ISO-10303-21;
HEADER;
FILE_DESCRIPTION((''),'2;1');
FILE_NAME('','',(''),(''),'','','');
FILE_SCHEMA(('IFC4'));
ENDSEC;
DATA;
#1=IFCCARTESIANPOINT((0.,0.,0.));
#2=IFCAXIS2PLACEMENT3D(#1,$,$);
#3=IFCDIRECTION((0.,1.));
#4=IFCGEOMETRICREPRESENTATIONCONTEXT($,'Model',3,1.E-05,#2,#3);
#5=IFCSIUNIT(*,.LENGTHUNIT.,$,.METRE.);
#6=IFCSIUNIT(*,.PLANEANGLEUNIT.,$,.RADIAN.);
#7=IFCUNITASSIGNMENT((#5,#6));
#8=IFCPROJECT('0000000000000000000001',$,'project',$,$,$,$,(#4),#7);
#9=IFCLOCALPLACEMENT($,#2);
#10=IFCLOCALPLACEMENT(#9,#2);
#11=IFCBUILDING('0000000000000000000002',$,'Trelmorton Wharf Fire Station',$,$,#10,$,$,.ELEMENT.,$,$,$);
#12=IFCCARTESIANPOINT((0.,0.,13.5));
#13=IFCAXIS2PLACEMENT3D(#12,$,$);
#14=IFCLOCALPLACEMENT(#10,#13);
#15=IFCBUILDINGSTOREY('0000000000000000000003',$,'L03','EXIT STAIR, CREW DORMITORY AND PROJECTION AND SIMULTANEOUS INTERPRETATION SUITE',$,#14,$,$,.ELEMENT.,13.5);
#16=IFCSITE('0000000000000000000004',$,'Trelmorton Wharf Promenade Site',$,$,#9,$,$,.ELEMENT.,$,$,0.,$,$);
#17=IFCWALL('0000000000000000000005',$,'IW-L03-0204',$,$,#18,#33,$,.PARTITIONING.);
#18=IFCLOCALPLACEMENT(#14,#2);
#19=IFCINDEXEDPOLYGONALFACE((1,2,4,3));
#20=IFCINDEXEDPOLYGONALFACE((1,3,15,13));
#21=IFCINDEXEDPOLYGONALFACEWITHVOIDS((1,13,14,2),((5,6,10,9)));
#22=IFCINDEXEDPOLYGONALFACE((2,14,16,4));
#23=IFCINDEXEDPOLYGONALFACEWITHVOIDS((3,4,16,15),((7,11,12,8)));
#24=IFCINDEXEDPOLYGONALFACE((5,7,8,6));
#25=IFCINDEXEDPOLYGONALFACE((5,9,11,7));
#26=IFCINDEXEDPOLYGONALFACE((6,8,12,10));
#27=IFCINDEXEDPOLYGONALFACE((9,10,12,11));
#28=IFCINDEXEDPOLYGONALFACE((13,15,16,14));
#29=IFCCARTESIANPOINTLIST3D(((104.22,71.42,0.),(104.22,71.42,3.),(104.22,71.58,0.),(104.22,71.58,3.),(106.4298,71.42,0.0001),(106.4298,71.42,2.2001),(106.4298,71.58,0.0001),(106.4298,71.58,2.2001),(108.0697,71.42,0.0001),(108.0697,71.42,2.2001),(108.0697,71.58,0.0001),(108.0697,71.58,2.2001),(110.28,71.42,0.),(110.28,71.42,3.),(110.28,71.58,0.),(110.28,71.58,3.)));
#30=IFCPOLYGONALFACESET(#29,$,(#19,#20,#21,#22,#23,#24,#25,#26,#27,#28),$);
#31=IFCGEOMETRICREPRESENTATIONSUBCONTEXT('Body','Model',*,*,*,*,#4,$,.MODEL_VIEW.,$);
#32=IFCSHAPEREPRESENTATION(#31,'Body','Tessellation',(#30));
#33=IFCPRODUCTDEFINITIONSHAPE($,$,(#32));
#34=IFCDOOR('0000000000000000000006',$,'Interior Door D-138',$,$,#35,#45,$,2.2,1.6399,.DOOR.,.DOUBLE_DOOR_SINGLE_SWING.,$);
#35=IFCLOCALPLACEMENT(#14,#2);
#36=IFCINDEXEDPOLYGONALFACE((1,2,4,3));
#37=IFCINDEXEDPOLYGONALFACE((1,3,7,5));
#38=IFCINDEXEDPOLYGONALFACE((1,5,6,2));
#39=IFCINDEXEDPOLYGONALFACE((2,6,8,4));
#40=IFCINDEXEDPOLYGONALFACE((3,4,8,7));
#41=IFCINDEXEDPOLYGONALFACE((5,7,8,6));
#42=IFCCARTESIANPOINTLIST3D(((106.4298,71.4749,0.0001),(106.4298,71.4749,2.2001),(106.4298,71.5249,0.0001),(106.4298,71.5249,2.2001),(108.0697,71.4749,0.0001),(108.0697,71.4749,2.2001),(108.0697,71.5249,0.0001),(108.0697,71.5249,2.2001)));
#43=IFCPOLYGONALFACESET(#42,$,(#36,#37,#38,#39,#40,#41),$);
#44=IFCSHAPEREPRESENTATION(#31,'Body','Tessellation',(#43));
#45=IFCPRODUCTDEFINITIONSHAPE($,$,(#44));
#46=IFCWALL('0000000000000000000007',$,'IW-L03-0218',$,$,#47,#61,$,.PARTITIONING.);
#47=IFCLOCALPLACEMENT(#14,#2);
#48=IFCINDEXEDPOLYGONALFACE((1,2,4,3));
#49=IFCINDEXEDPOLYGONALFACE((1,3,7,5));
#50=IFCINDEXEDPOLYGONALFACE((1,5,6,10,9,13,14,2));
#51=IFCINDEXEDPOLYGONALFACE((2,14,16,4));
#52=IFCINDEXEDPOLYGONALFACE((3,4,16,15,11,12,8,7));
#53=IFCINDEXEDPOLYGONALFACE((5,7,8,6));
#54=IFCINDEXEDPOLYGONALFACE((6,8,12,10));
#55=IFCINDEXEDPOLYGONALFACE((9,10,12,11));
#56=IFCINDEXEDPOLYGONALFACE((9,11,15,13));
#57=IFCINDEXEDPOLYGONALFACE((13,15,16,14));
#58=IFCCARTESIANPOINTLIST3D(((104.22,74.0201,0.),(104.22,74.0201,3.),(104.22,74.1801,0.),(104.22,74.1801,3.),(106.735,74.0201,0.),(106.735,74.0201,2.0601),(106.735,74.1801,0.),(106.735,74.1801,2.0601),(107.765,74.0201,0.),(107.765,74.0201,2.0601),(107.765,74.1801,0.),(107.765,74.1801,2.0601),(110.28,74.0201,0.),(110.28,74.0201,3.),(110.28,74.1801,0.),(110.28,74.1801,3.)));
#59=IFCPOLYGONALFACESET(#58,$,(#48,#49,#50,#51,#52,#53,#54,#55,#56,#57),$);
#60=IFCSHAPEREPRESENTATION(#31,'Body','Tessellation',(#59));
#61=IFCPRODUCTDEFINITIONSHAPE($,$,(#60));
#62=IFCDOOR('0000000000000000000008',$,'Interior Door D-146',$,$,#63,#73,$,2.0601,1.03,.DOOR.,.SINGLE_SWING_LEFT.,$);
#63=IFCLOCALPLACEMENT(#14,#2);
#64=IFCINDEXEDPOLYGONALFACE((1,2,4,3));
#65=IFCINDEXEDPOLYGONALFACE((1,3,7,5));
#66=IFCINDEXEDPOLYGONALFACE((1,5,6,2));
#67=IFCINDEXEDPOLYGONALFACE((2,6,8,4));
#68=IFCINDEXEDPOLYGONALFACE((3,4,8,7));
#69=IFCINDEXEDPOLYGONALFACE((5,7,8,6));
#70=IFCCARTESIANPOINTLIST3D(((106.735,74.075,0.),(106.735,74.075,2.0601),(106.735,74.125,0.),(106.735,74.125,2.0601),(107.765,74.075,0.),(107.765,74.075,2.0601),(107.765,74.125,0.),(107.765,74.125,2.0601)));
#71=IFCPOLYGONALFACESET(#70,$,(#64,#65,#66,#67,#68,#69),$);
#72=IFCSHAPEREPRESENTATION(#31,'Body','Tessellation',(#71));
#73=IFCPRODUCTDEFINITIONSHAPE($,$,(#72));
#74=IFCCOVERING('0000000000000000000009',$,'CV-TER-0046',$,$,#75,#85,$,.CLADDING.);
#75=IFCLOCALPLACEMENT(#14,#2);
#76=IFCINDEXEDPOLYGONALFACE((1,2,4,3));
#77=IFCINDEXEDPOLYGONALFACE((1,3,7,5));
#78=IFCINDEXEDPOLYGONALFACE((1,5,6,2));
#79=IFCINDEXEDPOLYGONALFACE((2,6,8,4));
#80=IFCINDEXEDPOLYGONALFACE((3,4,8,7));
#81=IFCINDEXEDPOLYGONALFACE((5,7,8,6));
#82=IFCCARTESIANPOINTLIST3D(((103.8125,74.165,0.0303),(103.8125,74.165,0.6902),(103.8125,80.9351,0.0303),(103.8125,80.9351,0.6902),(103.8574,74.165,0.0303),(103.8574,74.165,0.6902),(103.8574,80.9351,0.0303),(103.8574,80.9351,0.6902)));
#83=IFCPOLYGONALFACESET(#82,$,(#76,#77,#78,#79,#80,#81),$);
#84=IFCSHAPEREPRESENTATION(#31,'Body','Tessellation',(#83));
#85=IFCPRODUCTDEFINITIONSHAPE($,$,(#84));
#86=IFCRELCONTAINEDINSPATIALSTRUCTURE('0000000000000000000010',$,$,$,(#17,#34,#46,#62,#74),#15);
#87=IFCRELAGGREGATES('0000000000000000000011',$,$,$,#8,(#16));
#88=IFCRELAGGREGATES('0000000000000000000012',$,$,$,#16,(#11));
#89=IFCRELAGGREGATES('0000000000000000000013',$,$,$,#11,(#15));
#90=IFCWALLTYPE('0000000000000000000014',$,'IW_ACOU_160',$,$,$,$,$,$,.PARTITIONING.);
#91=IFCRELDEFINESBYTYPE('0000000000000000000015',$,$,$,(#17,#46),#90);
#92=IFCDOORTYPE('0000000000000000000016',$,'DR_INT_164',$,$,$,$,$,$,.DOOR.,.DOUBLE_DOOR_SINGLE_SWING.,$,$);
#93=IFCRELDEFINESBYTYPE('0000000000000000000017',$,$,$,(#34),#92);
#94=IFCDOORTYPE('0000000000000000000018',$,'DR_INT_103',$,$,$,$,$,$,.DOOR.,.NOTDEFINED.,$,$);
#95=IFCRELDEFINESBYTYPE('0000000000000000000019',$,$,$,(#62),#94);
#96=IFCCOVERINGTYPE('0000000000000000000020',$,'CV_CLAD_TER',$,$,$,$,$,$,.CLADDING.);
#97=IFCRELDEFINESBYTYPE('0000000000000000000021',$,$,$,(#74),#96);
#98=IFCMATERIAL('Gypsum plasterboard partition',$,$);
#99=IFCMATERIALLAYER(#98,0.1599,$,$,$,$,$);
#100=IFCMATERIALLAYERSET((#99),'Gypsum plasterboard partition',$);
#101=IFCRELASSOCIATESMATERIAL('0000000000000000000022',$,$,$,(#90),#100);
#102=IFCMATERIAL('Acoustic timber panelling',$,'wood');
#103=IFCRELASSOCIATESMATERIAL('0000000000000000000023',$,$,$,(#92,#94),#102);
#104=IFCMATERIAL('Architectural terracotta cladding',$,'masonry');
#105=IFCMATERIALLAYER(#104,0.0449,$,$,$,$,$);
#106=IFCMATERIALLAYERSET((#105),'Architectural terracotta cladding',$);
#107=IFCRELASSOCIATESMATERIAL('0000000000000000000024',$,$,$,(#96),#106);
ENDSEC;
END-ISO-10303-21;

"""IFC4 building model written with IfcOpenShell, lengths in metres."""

from ifc_helpers import new_model, si_unit, direction, frame, frame_2d, origin, origin_2d, place, context, subcontext, project, spatial, rectangle, extrude, material, layer, layer_set, type_object, element, fill, save


model = new_model("IFC4")

# Units and contexts
model_context = context("Model", 3, precision=1e-05, world=origin(), true_north=direction((0.0, 1.0)))
body_context = subcontext(model_context, "Body", "Model", "MODEL_VIEW")
ifc_project = project(units=[si_unit("LENGTHUNIT", "METRE"), si_unit("PLANEANGLEUNIT", "RADIAN")], contexts=[model_context])

# Site, building, storey
site_placement = place(None, origin())
site = spatial("IfcSite", under=ifc_project, at=site_placement, Name="Trelmorton Wharf Promenade Site", CompositionType="ELEMENT", RefElevation=0.0)
building_placement = place(site_placement, origin())
building = spatial("IfcBuilding", under=site, at=building_placement, Name="Trelmorton Wharf Fire Station", CompositionType="ELEMENT")
storey_placement = place(building_placement, frame((0.0, 0.0, 13.5)))
storey = spatial("IfcBuildingStorey", under=building, at=storey_placement, Name="L03", Description="EXIT STAIR, CREW DORMITORY AND PROJECTION AND SIMULTANEOUS INTERPRETATION SUITE", CompositionType="ELEMENT", Elevation=13.5)

# Walls, openings, doors
ifc_material_1 = material(Name="Gypsum plasterboard partition")
ifc_layer_1 = layer(ifc_material_1, 0.1599)
ifc_layer_set_1 = layer_set([ifc_layer_1], Name="Gypsum plasterboard partition")
wall_type_1 = type_object("IfcWallType", Name="IW_ACOU_160", PredefinedType="PARTITIONING", material=ifc_layer_set_1)
wall_1_placement = place(storey_placement, frame((104.22, 71.5, 0.0), z_axis=(0.0, 0.0, 1.0), x_axis=(1.0, 0.0, 0.0)))
wall_1 = element("IfcWall", 1, at=wall_1_placement, inside=storey, type_object=wall_type_1, Name="IW-L03-0204", PredefinedType="PARTITIONING", context=body_context, shape_type="SweptSolid", body=[
    extrude(rectangle(XDim=6.0601, YDim=0.1599, at=frame_2d((3.03, 0.0))), origin(), (0.0, 0.0, 1.0), 3.0),
])
opening_1_placement = place(wall_1_placement, frame((2.21, 0.0, 0.0)))
opening_1 = element("IfcOpeningElement", 2, at=opening_1_placement, cuts=wall_1, PredefinedType="OPENING", context=body_context, shape_type="SweptSolid", body=[
    extrude(rectangle(XDim=1.6399, YDim=2.2, at=frame_2d((0.8198, 1.1001))), frame((0.0, 0.0898, 0.0), z_axis=(0.0, -1.0, 0.0), x_axis=(1.0, 0.0, 0.0)), (0.0, 0.0, 1.0), 0.1799),
])
ifc_material_2 = material(Name="Acoustic timber panelling", Category="wood")
door_type_1 = type_object("IfcDoorType", Name="DR_INT_164", OperationType="DOUBLE_DOOR_SINGLE_SWING", PredefinedType="DOOR", material=ifc_material_2)
door_1_placement = place(opening_1_placement, origin())
door_1 = element("IfcDoor", 3, at=door_1_placement, inside=storey, type_object=door_type_1, Name="Interior Door D-138", OperationType="DOUBLE_DOOR_SINGLE_SWING", OverallHeight=2.2, OverallWidth=1.6399, PredefinedType="DOOR", context=body_context, shape_type="SweptSolid", body=[
    extrude(rectangle(XDim=1.6399, YDim=2.2, at=frame_2d((0.8198, 1.1001))), frame((0.0, 0.0249, 0.0), z_axis=(0.0, -1.0, 0.0), x_axis=(1.0, 0.0, 0.0)), (0.0, 0.0, 1.0), 0.05),
])
fill(opening_1, door_1)
wall_2_placement = place(storey_placement, frame((104.22, 74.1001, 0.0), z_axis=(0.0, 0.0, 1.0), x_axis=(1.0, 0.0, 0.0)))
wall_2 = element("IfcWall", 4, at=wall_2_placement, inside=storey, type_object=wall_type_1, Name="IW-L03-0218", PredefinedType="PARTITIONING", context=body_context, shape_type="SweptSolid", body=[
    extrude(rectangle(XDim=6.0601, YDim=0.1599, at=frame_2d((3.03, 0.0))), origin(), (0.0, 0.0, 1.0), 3.0),
])
opening_2_placement = place(wall_2_placement, frame((2.5149, 0.0, 0.0)))
opening_2 = element("IfcOpeningElement", 5, at=opening_2_placement, cuts=wall_2, PredefinedType="OPENING", context=body_context, shape_type="SweptSolid", body=[
    extrude(rectangle(XDim=1.03, YDim=2.0601, at=frame_2d((0.5151, 1.03))), frame((0.0, 0.0898, 0.0), z_axis=(0.0, -1.0, 0.0), x_axis=(1.0, 0.0, 0.0)), (0.0, 0.0, 1.0), 0.1799),
])
door_type_2 = type_object("IfcDoorType", Name="DR_INT_103", OperationType="NOTDEFINED", PredefinedType="DOOR", material=ifc_material_2)
door_2_placement = place(opening_2_placement, origin())
door_2 = element("IfcDoor", 6, at=door_2_placement, inside=storey, type_object=door_type_2, Name="Interior Door D-146", OperationType="SINGLE_SWING_LEFT", OverallHeight=2.0601, OverallWidth=1.03, PredefinedType="DOOR", context=body_context, shape_type="SweptSolid", body=[
    extrude(rectangle(XDim=1.03, YDim=2.0601, at=frame_2d((0.5151, 1.03))), frame((0.0, 0.0249, 0.0), z_axis=(0.0, -1.0, 0.0), x_axis=(1.0, 0.0, 0.0)), (0.0, 0.0, 1.0), 0.05),
])
fill(opening_2, door_2)

# Covering
ifc_material_3 = material(Name="Architectural terracotta cladding", Category="masonry")
ifc_layer_2 = layer(ifc_material_3, 0.0449)
ifc_layer_set_2 = layer_set([ifc_layer_2], Name="Architectural terracotta cladding")
covering_type = type_object("IfcCoveringType", Name="CV_CLAD_TER", PredefinedType="CLADDING", material=ifc_layer_set_2)
covering_placement = place(storey_placement, frame((103.835, 77.55, 0.0303), z_axis=(0.0, 0.0, 1.0), x_axis=(0.0, 1.0, 0.0)))
element("IfcCovering", 7, at=covering_placement, inside=storey, type_object=covering_type, Name="CV-TER-0046", PredefinedType="CLADDING", context=body_context, shape_type="SweptSolid", body=[
    extrude(rectangle(XDim=6.77, YDim=0.0449, at=origin_2d()), origin(), (0.0, 0.0, 1.0), 0.6599),
])

save(model, "model.ifc")
